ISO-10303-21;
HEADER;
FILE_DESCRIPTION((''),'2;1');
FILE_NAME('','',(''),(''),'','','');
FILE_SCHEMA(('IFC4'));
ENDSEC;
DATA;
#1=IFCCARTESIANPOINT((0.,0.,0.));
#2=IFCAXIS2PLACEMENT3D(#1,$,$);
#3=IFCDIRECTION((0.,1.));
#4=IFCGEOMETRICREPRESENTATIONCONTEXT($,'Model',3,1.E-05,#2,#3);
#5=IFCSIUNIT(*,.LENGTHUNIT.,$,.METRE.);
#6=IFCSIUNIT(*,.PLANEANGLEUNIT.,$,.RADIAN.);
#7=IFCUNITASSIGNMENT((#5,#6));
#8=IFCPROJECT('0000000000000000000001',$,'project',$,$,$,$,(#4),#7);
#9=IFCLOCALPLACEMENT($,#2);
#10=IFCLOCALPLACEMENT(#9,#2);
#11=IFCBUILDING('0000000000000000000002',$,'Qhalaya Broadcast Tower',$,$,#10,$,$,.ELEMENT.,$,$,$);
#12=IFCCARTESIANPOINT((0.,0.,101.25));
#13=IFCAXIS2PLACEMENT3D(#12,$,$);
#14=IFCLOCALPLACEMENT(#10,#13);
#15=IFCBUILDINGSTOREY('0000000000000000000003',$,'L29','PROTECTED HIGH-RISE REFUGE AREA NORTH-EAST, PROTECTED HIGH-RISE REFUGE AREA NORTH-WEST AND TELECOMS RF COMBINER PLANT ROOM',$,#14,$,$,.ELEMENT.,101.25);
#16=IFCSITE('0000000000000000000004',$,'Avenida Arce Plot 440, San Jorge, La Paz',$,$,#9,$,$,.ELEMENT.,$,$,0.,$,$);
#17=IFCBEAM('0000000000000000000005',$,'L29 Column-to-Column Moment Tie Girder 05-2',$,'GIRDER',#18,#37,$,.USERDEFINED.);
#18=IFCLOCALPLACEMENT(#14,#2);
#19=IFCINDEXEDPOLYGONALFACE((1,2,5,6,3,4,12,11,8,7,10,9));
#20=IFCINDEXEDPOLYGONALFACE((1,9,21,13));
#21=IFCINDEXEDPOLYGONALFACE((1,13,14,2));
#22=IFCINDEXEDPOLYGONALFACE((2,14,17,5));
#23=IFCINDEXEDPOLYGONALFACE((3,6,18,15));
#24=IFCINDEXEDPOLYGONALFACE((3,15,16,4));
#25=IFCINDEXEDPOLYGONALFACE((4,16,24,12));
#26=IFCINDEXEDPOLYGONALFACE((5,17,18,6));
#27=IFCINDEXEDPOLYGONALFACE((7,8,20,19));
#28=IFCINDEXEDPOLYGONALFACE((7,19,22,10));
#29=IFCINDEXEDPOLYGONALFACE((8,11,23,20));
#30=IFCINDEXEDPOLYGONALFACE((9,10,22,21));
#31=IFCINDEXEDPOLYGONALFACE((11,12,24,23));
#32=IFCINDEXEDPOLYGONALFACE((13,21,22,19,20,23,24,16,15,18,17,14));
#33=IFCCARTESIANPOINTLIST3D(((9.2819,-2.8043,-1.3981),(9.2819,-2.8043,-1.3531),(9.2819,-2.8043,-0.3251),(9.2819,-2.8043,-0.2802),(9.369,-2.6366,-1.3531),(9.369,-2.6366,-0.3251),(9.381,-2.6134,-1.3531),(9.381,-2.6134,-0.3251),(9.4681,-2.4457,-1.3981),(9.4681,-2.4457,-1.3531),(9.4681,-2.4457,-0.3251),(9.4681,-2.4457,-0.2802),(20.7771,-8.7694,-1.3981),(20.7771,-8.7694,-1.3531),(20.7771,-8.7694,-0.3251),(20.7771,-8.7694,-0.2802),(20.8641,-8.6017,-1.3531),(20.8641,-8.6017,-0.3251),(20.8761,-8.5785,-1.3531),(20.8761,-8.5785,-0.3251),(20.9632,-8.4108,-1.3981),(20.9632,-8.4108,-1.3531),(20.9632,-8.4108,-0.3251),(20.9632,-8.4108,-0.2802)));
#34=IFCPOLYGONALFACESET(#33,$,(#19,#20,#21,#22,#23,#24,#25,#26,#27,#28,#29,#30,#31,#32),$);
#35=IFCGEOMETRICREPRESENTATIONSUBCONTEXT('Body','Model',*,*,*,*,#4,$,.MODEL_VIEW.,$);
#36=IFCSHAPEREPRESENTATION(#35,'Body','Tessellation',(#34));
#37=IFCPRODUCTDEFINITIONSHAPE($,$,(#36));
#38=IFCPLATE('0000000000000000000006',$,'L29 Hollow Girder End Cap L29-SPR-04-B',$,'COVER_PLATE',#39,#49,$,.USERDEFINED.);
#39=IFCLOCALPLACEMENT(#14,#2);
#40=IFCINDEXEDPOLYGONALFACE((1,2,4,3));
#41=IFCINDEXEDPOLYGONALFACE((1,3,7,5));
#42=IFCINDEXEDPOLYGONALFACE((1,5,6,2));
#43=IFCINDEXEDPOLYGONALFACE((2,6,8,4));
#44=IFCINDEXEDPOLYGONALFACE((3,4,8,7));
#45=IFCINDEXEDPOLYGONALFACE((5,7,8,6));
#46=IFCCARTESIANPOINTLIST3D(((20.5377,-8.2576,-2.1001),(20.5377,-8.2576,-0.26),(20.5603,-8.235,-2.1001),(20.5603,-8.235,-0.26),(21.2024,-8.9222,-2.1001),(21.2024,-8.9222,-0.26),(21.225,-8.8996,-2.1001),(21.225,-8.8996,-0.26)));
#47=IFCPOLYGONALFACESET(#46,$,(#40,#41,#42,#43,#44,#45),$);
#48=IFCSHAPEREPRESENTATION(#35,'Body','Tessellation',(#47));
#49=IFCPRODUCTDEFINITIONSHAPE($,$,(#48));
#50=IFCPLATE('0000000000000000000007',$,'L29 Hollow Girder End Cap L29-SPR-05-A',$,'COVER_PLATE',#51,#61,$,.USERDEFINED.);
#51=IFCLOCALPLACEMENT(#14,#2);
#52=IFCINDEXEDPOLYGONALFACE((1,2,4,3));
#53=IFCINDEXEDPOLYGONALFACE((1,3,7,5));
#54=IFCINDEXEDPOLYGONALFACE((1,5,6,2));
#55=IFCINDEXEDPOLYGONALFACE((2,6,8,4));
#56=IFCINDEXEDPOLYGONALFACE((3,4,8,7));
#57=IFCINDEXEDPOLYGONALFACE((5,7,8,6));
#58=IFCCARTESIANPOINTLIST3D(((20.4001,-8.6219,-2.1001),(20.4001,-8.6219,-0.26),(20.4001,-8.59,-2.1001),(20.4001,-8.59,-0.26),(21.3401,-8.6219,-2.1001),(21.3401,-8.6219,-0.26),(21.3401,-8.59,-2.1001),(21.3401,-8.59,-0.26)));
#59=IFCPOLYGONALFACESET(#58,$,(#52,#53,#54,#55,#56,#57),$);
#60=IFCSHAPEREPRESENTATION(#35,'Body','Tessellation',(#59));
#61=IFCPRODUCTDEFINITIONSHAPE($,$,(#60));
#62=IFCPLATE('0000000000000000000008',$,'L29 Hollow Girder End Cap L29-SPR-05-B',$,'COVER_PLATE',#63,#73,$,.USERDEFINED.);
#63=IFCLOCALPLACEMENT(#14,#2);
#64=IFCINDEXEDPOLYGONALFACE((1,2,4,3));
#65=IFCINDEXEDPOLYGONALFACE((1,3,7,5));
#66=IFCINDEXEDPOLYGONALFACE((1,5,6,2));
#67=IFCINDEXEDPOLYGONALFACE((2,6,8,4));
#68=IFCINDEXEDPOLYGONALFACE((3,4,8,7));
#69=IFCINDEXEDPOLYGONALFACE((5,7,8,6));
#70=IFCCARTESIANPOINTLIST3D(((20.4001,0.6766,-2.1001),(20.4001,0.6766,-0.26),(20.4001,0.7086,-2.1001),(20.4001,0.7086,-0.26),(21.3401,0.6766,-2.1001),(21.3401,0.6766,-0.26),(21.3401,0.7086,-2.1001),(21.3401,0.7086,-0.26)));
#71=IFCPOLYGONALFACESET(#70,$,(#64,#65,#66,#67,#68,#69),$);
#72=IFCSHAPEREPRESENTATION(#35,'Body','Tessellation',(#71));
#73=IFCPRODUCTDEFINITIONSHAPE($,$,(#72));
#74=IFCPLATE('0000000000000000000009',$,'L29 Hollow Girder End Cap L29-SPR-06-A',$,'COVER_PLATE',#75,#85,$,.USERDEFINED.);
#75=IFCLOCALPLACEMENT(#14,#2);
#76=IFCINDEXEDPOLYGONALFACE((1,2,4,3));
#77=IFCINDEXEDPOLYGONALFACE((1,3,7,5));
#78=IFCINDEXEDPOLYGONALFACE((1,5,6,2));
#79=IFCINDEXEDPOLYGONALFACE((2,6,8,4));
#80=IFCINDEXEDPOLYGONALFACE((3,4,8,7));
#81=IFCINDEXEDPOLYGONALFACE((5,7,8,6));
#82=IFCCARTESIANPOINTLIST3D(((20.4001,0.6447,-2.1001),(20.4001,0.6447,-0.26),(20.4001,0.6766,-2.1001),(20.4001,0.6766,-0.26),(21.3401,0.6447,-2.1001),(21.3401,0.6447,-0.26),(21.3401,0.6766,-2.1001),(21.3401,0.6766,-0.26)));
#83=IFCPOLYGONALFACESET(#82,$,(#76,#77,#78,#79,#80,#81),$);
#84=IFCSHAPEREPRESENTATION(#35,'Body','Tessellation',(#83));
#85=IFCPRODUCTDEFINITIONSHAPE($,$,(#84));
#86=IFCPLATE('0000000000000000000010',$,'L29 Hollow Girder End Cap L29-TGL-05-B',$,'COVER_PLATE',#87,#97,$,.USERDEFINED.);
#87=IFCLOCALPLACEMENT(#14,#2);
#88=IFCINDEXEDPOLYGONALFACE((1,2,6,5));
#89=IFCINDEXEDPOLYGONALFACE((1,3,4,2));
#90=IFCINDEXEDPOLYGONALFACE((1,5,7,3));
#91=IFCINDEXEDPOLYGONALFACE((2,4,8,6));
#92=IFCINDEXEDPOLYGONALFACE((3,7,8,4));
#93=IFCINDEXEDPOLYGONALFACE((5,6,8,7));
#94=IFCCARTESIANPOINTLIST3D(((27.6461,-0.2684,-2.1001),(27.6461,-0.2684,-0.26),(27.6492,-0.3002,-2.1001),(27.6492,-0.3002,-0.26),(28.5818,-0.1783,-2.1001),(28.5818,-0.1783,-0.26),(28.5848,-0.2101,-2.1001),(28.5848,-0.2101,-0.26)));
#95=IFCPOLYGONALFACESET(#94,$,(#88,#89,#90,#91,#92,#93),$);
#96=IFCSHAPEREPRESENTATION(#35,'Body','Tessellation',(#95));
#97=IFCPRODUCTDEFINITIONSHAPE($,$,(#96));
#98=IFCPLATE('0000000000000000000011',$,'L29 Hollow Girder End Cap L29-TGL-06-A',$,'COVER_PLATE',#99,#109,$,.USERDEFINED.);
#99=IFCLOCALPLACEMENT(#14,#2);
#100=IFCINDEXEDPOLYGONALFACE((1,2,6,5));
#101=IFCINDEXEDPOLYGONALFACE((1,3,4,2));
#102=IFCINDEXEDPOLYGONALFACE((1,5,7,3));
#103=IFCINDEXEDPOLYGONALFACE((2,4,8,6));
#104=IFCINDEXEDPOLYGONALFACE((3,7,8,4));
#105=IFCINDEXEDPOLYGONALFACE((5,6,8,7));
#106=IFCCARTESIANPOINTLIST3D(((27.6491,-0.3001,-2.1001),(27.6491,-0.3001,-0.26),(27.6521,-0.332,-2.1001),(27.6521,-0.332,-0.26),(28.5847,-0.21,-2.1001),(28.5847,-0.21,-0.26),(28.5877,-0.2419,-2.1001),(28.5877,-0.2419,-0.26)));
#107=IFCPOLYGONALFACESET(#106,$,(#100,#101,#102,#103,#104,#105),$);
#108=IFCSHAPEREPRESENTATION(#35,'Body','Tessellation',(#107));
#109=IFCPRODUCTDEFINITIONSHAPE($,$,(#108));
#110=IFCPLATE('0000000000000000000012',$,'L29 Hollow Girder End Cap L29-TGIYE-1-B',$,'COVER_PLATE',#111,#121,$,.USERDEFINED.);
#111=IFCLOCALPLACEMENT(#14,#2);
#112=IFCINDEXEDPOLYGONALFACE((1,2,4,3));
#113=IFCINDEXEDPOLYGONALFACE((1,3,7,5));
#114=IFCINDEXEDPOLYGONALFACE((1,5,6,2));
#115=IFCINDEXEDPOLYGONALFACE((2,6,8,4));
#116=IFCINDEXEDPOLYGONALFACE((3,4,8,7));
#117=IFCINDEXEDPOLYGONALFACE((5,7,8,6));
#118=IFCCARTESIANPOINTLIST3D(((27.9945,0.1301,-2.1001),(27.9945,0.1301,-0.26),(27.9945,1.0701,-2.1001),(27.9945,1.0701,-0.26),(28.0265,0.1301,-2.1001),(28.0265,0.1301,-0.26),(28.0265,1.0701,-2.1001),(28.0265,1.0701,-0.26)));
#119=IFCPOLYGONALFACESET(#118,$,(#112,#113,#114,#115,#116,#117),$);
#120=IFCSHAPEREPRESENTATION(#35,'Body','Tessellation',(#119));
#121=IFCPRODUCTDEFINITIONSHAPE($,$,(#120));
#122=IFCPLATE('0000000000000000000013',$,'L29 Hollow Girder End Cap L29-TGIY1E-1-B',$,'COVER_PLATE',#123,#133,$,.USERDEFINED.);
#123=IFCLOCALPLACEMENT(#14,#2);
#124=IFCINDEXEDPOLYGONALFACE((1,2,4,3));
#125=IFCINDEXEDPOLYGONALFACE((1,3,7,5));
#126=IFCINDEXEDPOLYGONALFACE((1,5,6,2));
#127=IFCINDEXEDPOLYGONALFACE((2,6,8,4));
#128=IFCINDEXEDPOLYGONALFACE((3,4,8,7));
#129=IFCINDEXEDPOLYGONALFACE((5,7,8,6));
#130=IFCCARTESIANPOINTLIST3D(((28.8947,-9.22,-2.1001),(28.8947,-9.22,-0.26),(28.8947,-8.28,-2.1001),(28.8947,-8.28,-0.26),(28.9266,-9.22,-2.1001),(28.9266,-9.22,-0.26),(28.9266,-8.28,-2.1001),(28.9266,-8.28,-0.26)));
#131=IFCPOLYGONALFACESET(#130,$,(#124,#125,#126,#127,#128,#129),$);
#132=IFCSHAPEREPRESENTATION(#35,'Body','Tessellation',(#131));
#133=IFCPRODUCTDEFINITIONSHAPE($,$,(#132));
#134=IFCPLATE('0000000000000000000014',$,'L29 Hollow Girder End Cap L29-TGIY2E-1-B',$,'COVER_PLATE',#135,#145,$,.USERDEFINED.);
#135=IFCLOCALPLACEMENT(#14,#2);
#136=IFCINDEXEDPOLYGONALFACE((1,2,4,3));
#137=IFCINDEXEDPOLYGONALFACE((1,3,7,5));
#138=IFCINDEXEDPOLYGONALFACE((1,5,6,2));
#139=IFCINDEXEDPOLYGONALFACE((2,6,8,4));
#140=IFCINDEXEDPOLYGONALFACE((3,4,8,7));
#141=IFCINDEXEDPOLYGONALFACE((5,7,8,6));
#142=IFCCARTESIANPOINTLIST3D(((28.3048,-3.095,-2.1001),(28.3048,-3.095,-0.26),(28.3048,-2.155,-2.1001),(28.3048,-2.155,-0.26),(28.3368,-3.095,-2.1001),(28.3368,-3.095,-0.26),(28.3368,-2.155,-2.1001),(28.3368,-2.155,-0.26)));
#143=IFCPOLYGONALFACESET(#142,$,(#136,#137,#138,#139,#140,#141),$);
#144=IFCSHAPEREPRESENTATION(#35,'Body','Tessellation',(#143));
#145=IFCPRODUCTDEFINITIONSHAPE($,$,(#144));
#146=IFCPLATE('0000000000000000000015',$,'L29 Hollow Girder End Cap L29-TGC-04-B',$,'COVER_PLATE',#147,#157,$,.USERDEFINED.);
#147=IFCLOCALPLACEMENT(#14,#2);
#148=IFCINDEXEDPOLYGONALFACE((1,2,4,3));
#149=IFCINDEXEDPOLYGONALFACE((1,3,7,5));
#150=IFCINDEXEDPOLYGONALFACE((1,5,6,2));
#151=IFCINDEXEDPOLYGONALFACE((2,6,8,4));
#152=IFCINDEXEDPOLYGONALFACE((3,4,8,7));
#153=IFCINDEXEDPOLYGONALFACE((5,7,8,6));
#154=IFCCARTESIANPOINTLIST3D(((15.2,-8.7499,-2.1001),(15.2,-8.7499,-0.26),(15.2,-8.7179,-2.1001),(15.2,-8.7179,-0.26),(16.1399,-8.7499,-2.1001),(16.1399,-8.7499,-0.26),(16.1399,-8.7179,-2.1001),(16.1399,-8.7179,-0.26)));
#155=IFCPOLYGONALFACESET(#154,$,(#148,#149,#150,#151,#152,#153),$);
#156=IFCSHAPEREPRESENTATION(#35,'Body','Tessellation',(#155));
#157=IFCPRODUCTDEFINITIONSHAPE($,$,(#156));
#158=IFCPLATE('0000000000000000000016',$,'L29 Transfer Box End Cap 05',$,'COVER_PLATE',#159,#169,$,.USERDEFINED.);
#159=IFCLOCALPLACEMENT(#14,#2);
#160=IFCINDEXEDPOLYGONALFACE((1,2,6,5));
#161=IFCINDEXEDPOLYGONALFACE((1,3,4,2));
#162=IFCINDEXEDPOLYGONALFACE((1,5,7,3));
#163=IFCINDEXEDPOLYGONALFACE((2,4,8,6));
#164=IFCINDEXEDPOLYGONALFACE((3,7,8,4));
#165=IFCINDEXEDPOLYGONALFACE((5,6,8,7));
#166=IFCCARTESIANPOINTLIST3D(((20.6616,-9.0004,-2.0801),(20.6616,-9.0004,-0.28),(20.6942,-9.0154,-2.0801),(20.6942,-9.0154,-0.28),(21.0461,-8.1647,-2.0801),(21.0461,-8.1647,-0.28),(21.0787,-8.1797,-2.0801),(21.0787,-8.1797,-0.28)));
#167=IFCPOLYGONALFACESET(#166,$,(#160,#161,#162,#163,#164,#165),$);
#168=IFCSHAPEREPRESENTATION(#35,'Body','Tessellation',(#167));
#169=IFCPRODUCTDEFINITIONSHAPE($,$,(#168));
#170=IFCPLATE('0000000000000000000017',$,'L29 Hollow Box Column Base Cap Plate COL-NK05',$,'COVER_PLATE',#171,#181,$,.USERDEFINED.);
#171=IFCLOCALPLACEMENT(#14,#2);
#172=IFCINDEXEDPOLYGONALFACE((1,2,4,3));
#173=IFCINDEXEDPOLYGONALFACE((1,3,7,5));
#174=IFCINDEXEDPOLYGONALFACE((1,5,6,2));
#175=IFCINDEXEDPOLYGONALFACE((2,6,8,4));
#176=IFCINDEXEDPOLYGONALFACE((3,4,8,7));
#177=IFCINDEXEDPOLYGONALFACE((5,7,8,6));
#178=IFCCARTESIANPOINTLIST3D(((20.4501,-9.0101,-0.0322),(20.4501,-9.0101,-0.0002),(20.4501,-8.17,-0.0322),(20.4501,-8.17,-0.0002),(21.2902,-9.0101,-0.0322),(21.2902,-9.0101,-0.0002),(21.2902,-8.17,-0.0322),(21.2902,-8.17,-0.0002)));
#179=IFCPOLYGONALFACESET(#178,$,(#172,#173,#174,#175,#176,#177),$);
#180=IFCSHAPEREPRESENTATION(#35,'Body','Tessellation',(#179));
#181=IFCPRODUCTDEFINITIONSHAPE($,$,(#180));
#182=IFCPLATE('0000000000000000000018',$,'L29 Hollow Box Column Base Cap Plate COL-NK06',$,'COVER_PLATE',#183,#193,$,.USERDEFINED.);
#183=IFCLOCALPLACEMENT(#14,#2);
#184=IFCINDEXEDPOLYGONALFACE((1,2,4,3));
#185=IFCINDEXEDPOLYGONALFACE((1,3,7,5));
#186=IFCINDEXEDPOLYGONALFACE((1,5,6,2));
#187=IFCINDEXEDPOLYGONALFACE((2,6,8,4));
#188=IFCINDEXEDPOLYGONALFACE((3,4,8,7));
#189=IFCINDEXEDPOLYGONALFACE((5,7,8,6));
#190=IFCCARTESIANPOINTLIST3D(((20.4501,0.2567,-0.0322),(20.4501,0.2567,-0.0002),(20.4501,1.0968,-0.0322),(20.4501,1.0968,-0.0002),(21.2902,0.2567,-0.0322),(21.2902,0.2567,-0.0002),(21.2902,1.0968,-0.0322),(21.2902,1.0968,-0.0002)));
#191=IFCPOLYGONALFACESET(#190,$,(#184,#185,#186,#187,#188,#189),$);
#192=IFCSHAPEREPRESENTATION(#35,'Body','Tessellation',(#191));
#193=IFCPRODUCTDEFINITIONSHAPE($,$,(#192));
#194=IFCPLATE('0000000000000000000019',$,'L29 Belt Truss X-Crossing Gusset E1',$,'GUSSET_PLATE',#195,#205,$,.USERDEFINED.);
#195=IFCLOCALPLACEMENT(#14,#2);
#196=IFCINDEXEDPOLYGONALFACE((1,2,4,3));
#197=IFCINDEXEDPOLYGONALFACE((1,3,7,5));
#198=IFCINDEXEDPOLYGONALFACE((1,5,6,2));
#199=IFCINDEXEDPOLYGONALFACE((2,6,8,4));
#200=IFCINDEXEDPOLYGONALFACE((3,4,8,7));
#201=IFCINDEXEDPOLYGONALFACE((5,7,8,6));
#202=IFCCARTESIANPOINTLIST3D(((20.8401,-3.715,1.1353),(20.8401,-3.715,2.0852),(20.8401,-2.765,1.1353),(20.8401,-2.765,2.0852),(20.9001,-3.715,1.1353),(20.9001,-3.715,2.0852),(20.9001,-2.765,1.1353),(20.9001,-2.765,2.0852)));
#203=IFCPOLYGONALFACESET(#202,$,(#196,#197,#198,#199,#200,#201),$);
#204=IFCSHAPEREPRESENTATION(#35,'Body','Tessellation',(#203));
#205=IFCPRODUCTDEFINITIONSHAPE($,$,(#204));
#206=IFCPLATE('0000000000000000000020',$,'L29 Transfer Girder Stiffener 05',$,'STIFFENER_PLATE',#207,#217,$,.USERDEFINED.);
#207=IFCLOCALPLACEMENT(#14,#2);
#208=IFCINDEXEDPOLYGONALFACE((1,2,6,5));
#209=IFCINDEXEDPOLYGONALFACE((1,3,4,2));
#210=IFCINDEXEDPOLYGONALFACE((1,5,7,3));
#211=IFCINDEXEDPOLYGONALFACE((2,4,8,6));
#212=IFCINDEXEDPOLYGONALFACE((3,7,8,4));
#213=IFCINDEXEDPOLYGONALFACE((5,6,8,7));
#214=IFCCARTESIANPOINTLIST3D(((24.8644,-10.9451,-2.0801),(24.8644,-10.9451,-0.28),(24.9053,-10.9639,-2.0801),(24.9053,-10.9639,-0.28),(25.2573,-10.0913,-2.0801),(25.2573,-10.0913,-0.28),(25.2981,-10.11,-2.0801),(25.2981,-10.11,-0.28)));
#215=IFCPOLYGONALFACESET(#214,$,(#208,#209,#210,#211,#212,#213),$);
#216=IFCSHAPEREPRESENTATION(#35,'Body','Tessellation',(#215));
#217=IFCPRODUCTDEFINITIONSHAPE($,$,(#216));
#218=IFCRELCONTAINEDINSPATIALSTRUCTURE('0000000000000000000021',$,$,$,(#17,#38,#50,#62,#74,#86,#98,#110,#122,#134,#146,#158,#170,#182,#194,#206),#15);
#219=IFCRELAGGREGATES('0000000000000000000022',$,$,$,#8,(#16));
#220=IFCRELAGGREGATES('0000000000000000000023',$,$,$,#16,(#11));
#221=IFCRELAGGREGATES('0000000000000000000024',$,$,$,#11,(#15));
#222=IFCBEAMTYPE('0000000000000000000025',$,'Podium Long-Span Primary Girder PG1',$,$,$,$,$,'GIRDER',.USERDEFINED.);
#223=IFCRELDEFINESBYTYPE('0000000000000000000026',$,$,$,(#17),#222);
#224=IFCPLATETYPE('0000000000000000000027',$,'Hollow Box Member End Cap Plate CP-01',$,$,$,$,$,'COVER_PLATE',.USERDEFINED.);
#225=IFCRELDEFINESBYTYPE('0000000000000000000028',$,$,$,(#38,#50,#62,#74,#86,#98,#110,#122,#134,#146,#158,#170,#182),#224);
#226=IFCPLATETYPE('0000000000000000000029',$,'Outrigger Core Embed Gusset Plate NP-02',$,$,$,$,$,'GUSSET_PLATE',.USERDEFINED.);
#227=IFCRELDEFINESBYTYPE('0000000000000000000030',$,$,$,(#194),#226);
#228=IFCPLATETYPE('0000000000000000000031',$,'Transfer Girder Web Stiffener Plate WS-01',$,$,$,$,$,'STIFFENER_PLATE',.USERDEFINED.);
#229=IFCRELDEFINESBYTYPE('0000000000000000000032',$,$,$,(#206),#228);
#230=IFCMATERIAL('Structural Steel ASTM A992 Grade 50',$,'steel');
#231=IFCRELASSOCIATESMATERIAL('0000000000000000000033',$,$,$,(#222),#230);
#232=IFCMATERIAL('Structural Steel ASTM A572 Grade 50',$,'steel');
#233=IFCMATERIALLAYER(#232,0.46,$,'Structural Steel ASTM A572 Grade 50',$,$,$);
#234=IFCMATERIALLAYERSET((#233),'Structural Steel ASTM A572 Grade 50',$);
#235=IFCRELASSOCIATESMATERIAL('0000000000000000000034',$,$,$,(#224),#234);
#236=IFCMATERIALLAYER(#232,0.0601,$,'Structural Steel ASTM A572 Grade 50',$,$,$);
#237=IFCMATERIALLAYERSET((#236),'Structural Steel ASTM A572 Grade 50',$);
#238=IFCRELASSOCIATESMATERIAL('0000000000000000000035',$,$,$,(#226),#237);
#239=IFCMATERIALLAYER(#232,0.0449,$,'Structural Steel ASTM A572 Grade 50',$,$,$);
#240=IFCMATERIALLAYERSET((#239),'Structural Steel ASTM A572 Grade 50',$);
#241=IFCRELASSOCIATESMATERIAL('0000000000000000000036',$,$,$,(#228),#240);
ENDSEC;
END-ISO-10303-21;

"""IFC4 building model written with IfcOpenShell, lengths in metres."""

from ifc_helpers import new_model, si_unit, direction, frame, origin, origin_2d, place, context, subcontext, project, spatial, rectangle, i_section, extrude, material, layer, layer_set, material_profile, profile_set, type_object, element, save


model = new_model("IFC4")

# Units and contexts
model_context = context("Model", 3, precision=1e-05, world=origin(), true_north=direction((0.0, 1.0)))
body_context = subcontext(model_context, "Body", "Model", "MODEL_VIEW")
ifc_project = project(units=[si_unit("LENGTHUNIT", "METRE"), si_unit("PLANEANGLEUNIT", "RADIAN")], contexts=[model_context])

# Site, building, storey
site_placement = place(None, origin())
site = spatial("IfcSite", under=ifc_project, at=site_placement, Name="Avenida Arce Plot 440, San Jorge, La Paz", CompositionType="ELEMENT", RefElevation=0.0)
building_placement = place(site_placement, origin())
building = spatial("IfcBuilding", under=site, at=building_placement, Name="Qhalaya Broadcast Tower", CompositionType="ELEMENT")
storey_placement = place(building_placement, frame((0.0, 0.0, 101.25)))
storey = spatial("IfcBuildingStorey", under=building, at=storey_placement, Name="L29", Description="PROTECTED HIGH-RISE REFUGE AREA NORTH-EAST, PROTECTED HIGH-RISE REFUGE AREA NORTH-WEST AND TELECOMS RF COMBINER PLANT ROOM", CompositionType="ELEMENT", Elevation=101.25)

# Shared definitions
ifc_material_1 = material(Name="Structural Steel ASTM A572 Grade 50", Category="steel")

# Beam
ifc_material_2 = material(Name="Structural Steel ASTM A992 Grade 50", Category="steel")
ifc_material_profile_1 = material_profile(ifc_material_2, i_section(OverallWidth=0.4041, OverallDepth=1.1179, WebThickness=0.0261, FlangeThickness=0.0449, at=origin_2d()), Name="W44X335")
ifc_profile_set_1 = profile_set([ifc_material_profile_1], Name="Structural Steel ASTM A992 Grade 50")
beam_type_1 = type_object("IfcBeamType", Name="Podium Long-Span Primary Girder PG1", ElementType="GIRDER", PredefinedType="USERDEFINED", material=ifc_profile_set_1)
beam_1_placement = place(storey_placement, frame((9.375, -2.625, -0.8391), z_axis=(0.887608, -0.460601, 0.0), x_axis=(0.460601, 0.887608, 0.0)))
element("IfcBeam", 1, at=beam_1_placement, inside=storey, type_object=beam_type_1, Name="L29 Column-to-Column Moment Tie Girder 05-2", ObjectType="GIRDER", PredefinedType="USERDEFINED", context=body_context, shape_type="SweptSolid", body=[
    extrude(i_section(OverallWidth=0.4041, OverallDepth=1.1179, WebThickness=0.0261, FlangeThickness=0.0449, at=origin_2d()), origin(), (0.0, 0.0, 1.0), 12.9507),
])

# Plates
ifc_layer_1 = layer(ifc_material_1, 0.46, Name="Structural Steel ASTM A572 Grade 50")
ifc_layer_set_1 = layer_set([ifc_layer_1], Name="Structural Steel ASTM A572 Grade 50")
plate_type_1 = type_object("IfcPlateType", Name="Hollow Box Member End Cap Plate CP-01", ElementType="COVER_PLATE", PredefinedType="USERDEFINED", material=ifc_layer_set_1)
for number, where, z_axis, x_axis, name in (
    (2, (20.8813, -8.5786, -2.1001), (0.0, 0.0, 1.0), (-0.707107, 0.707107, 0.0), "L29 Hollow Girder End Cap L29-SPR-04-B"),
    (3, (20.8701, -8.606, -2.1001), (0.0, 0.0, 1.0), (-1.0, 0.0, 0.0), "L29 Hollow Girder End Cap L29-SPR-05-A"),
    (4, (20.8701, 0.6926, -2.1001), (0.0, 0.0, 1.0), (-1.0, 0.0, 0.0), "L29 Hollow Girder End Cap L29-SPR-05-B"),
    (5, (20.8701, 0.6606, -2.1001), (0.0, 0.0, 1.0), (-1.0, 0.0, 0.0), "L29 Hollow Girder End Cap L29-SPR-06-A"),
    (6, (28.1155, -0.2393, -2.1001), (0.0, 0.0, 1.0), (-0.995396, -0.095846, 0.0), "L29 Hollow Girder End Cap L29-TGL-05-B"),
    (7, (28.1184, -0.271, -2.1001), (0.0, 0.0, 1.0), (-0.995396, -0.095846, 0.0), "L29 Hollow Girder End Cap L29-TGL-06-A"),
    (8, (28.0105, 0.6001, -2.1001), (0.0, 0.0, 1.0), (0.0, 1.0, 0.0), "L29 Hollow Girder End Cap L29-TGIYE-1-B"),
    (9, (28.9106, -8.75, -2.1001), (0.0, 0.0, 1.0), (0.0, 1.0, 0.0), "L29 Hollow Girder End Cap L29-TGIY1E-1-B"),
    (10, (28.3208, -2.625, -2.1001), (0.0, 0.0, 1.0), (0.0, 1.0, 0.0), "L29 Hollow Girder End Cap L29-TGIY2E-1-B"),
    (11, (15.6699, -8.7339, -2.1001), (0.0, 0.0, 1.0), (-1.0, 0.0, 0.0), "L29 Hollow Girder End Cap L29-TGC-04-B"),
):
    element("IfcPlate", number, at=place(storey_placement, frame(where, z_axis=z_axis, x_axis=x_axis)), inside=storey, type_object=plate_type_1, Name=name, ObjectType="COVER_PLATE", PredefinedType="USERDEFINED", context=body_context, shape_type="SweptSolid", body=[
        extrude(rectangle(XDim=0.9399, YDim=0.032, at=origin_2d()), origin(), (0.0, 0.0, 1.0), 1.8401),
    ])
plate_1_placement = place(storey_placement, frame((20.8701, -8.5901, -2.0801), z_axis=(0.0, 0.0, 1.0), x_axis=(-0.417994, -0.90845, 0.0)))
element("IfcPlate", 12, at=plate_1_placement, inside=storey, type_object=plate_type_1, Name="L29 Transfer Box End Cap 05", ObjectType="COVER_PLATE", PredefinedType="USERDEFINED", context=body_context, shape_type="SweptSolid", body=[
    extrude(rectangle(XDim=0.9199, YDim=0.0359, at=origin_2d()), origin(), (0.0, 0.0, 1.0), 1.8),
])
for number, where, z_axis, x_axis, name in (
    (13, (20.8701, -8.5901, -0.0322), (0.0, 0.0, 1.0), (0.0, 1.0, 0.0), "L29 Hollow Box Column Base Cap Plate COL-NK05"),
    (14, (20.8701, 0.6768, -0.0322), (0.0, 0.0, 1.0), (0.0, 1.0, 0.0), "L29 Hollow Box Column Base Cap Plate COL-NK06"),
):
    element("IfcPlate", number, at=place(storey_placement, frame(where, z_axis=z_axis, x_axis=x_axis)), inside=storey, type_object=plate_type_1, Name=name, ObjectType="COVER_PLATE", PredefinedType="USERDEFINED", context=body_context, shape_type="SweptSolid", body=[
        extrude(rectangle(XDim=0.8401, YDim=0.8401, at=origin_2d()), origin(), (0.0, 0.0, 1.0), 0.032),
    ])
ifc_layer_2 = layer(ifc_material_1, 0.0601, Name="Structural Steel ASTM A572 Grade 50")
ifc_layer_set_2 = layer_set([ifc_layer_2], Name="Structural Steel ASTM A572 Grade 50")
plate_type_2 = type_object("IfcPlateType", Name="Outrigger Core Embed Gusset Plate NP-02", ElementType="GUSSET_PLATE", PredefinedType="USERDEFINED", material=ifc_layer_set_2)
plate_2_placement = place(storey_placement, frame((20.8701, -3.24, 1.1353), z_axis=(0.0, 0.0, 1.0), x_axis=(0.0, 1.0, 0.0)))
element("IfcPlate", 15, at=plate_2_placement, inside=storey, type_object=plate_type_2, Name="L29 Belt Truss X-Crossing Gusset E1", ObjectType="GUSSET_PLATE", PredefinedType="USERDEFINED", context=body_context, shape_type="SweptSolid", body=[
    extrude(rectangle(XDim=0.95, YDim=0.0601, at=origin_2d()), origin(), (0.0, 0.0, 1.0), 0.95),
])
ifc_layer_3 = layer(ifc_material_1, 0.0449, Name="Structural Steel ASTM A572 Grade 50")
ifc_layer_set_3 = layer_set([ifc_layer_3], Name="Structural Steel ASTM A572 Grade 50")
plate_type_3 = type_object("IfcPlateType", Name="Transfer Girder Web Stiffener Plate WS-01", ElementType="STIFFENER_PLATE", PredefinedType="USERDEFINED", material=ifc_layer_set_3)
plate_3_placement = place(storey_placement, frame((25.0813, -10.5276, -2.0801), z_axis=(0.0, 0.0, 1.0), x_axis=(-0.417994, -0.90845, 0.0)))
element("IfcPlate", 16, at=plate_3_placement, inside=storey, type_object=plate_type_3, Name="L29 Transfer Girder Stiffener 05", ObjectType="STIFFENER_PLATE", PredefinedType="USERDEFINED", context=body_context, shape_type="SweptSolid", body=[
    extrude(rectangle(XDim=0.9399, YDim=0.0449, at=origin_2d()), origin(), (0.0, 0.0, 1.0), 1.8),
])

save(model, "model.ifc")
